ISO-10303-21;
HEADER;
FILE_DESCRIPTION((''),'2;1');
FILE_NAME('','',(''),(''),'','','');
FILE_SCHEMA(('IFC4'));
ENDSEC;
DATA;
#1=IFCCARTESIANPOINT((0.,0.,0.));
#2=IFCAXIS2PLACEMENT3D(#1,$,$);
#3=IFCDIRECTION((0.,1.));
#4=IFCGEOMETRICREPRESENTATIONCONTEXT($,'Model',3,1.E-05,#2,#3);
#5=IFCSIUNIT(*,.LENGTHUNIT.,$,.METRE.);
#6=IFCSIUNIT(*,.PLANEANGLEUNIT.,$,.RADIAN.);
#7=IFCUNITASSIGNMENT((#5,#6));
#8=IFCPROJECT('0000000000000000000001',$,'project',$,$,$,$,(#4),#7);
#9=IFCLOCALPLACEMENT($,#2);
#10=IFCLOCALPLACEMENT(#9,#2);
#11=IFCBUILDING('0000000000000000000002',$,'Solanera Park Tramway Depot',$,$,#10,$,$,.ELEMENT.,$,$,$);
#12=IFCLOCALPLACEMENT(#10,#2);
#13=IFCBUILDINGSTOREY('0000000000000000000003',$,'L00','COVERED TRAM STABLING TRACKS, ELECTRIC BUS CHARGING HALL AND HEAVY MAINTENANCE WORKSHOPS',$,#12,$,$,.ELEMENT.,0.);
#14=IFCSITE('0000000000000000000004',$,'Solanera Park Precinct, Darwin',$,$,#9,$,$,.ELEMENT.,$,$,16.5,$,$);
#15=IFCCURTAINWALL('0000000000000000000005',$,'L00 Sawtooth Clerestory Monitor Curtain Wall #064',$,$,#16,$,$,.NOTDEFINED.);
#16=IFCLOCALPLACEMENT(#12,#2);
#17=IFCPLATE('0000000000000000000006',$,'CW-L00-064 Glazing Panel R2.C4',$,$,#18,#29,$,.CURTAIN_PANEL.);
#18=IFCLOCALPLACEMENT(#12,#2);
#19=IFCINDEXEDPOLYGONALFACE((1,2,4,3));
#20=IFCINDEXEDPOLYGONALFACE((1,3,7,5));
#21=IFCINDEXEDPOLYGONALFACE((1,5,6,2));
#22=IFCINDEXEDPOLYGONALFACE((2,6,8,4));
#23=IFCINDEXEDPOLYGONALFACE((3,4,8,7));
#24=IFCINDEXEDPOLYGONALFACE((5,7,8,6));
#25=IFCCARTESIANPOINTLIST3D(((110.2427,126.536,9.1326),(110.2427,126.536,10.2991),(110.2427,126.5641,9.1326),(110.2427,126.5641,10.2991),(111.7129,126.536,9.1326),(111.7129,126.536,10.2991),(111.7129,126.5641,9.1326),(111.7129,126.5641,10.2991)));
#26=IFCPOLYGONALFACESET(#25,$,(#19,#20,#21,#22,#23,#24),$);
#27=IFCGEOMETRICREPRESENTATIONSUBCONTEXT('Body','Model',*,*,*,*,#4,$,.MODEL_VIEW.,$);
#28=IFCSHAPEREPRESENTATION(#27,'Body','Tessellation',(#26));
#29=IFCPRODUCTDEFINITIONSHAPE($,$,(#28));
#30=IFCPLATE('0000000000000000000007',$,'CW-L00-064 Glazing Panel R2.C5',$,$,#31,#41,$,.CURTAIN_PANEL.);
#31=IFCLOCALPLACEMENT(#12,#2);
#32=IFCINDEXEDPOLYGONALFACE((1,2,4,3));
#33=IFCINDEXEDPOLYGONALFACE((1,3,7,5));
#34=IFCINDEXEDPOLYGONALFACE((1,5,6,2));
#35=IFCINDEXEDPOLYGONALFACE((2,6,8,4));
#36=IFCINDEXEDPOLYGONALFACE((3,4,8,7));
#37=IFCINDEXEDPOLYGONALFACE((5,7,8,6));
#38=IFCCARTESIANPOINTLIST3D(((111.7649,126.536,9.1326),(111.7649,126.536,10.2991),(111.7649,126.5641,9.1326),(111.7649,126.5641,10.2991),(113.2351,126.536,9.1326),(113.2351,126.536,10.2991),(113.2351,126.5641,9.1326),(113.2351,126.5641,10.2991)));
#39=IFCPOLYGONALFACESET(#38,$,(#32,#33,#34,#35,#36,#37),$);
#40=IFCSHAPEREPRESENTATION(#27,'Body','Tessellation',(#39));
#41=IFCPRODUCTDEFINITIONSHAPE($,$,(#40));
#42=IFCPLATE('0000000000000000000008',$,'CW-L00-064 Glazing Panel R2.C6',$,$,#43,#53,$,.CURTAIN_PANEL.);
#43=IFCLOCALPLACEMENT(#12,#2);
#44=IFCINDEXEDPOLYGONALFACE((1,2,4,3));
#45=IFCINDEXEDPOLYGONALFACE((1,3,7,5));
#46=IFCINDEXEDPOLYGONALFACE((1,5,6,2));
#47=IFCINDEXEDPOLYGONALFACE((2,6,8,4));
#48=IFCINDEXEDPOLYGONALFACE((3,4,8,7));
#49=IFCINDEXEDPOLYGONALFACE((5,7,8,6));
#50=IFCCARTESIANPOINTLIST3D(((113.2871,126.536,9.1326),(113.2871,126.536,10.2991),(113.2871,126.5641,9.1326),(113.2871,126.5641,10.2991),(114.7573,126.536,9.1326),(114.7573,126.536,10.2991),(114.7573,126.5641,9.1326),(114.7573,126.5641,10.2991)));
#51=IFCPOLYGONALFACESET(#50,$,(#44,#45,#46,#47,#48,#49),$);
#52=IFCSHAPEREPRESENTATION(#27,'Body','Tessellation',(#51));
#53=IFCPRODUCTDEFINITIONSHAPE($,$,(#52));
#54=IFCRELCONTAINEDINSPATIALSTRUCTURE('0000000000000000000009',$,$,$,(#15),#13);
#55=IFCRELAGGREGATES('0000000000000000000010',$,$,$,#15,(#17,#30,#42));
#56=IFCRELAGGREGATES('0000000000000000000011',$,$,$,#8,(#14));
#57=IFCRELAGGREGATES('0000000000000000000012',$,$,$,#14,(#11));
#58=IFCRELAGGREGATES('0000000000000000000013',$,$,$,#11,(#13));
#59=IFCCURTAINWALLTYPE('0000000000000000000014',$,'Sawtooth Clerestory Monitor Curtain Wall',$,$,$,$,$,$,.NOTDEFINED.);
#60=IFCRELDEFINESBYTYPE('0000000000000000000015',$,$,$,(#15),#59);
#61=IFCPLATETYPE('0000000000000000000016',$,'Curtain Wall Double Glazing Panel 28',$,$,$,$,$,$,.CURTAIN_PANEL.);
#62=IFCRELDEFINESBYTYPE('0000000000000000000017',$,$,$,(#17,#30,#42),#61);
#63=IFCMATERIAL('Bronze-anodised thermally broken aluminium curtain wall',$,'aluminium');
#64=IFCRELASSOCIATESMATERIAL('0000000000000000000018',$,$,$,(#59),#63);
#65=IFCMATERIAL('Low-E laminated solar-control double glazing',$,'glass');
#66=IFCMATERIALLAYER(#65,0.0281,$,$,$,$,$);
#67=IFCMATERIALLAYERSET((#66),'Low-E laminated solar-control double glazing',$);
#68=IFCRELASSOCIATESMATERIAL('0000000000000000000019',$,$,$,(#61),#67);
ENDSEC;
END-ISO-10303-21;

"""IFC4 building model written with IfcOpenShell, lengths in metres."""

from ifc_helpers import new_model, si_unit, direction, frame, origin, origin_2d, place, context, subcontext, project, spatial, rectangle, extrude, material, layer, layer_set, type_object, element, aggregate, save


model = new_model("IFC4")

# Units and contexts
model_context = context("Model", 3, precision=1e-05, world=origin(), true_north=direction((0.0, 1.0)))
body_context = subcontext(model_context, "Body", "Model", "MODEL_VIEW")
ifc_project = project(units=[si_unit("LENGTHUNIT", "METRE"), si_unit("PLANEANGLEUNIT", "RADIAN")], contexts=[model_context])

# Site, building, storey
site_placement = place(None, origin())
site = spatial("IfcSite", under=ifc_project, at=site_placement, Name="Solanera Park Precinct, Darwin", CompositionType="ELEMENT", RefElevation=16.5)
building_placement = place(site_placement, origin())
building = spatial("IfcBuilding", under=site, at=building_placement, Name="Solanera Park Tramway Depot", CompositionType="ELEMENT")
storey_placement = place(building_placement, origin())
storey = spatial("IfcBuildingStorey", under=building, at=storey_placement, Name="L00", Description="COVERED TRAM STABLING TRACKS, ELECTRIC BUS CHARGING HALL AND HEAVY MAINTENANCE WORKSHOPS", CompositionType="ELEMENT", Elevation=0.0)

# Curtain wall, plates
ifc_material_1 = material(Name="Bronze-anodised thermally broken aluminium curtain wall", Category="aluminium")
curtain_wall_type = type_object("IfcCurtainWallType", Name="Sawtooth Clerestory Monitor Curtain Wall", PredefinedType="NOTDEFINED", material=ifc_material_1)
curtain_wall_placement = place(storey_placement, origin())
curtain_wall = element("IfcCurtainWall", 1, at=curtain_wall_placement, inside=storey, type_object=curtain_wall_type, Name="L00 Sawtooth Clerestory Monitor Curtain Wall #064", PredefinedType="NOTDEFINED")
ifc_material_2 = material(Name="Low-E laminated solar-control double glazing", Category="glass")
ifc_layer = layer(ifc_material_2, 0.0281)
ifc_layer_set = layer_set([ifc_layer], Name="Low-E laminated solar-control double glazing")
plate_type = type_object("IfcPlateType", Name="Curtain Wall Double Glazing Panel 28", PredefinedType="CURTAIN_PANEL", material=ifc_layer_set)
plate_1_placement = place(storey_placement, frame((110.9778, 126.55, 9.1326), z_axis=(0.0, 0.0, 1.0), x_axis=(1.0, 0.0, 0.0)))
plate_1 = element("IfcPlate", 2, at=plate_1_placement, type_object=plate_type, Name="CW-L00-064 Glazing Panel R2.C4", PredefinedType="CURTAIN_PANEL", context=body_context, shape_type="SweptSolid", body=[
    extrude(rectangle(XDim=1.4702, YDim=0.0281, at=origin_2d()), origin(), (0.0, 0.0, 1.0), 1.1665),
])
plate_2_placement = place(storey_placement, frame((112.5, 126.55, 9.1326), z_axis=(0.0, 0.0, 1.0), x_axis=(1.0, 0.0, 0.0)))
plate_2 = element("IfcPlate", 3, at=plate_2_placement, type_object=plate_type, Name="CW-L00-064 Glazing Panel R2.C5", PredefinedType="CURTAIN_PANEL", context=body_context, shape_type="SweptSolid", body=[
    extrude(rectangle(XDim=1.4702, YDim=0.0281, at=origin_2d()), origin(), (0.0, 0.0, 1.0), 1.1665),
])
plate_3_placement = place(storey_placement, frame((114.0222, 126.55, 9.1326), z_axis=(0.0, 0.0, 1.0), x_axis=(1.0, 0.0, 0.0)))
plate_3 = element("IfcPlate", 4, at=plate_3_placement, type_object=plate_type, Name="CW-L00-064 Glazing Panel R2.C6", PredefinedType="CURTAIN_PANEL", context=body_context, shape_type="SweptSolid", body=[
    extrude(rectangle(XDim=1.4702, YDim=0.0281, at=origin_2d()), origin(), (0.0, 0.0, 1.0), 1.1665),
])
aggregate(curtain_wall, [plate_1, plate_2, plate_3])

save(model, "model.ifc")
